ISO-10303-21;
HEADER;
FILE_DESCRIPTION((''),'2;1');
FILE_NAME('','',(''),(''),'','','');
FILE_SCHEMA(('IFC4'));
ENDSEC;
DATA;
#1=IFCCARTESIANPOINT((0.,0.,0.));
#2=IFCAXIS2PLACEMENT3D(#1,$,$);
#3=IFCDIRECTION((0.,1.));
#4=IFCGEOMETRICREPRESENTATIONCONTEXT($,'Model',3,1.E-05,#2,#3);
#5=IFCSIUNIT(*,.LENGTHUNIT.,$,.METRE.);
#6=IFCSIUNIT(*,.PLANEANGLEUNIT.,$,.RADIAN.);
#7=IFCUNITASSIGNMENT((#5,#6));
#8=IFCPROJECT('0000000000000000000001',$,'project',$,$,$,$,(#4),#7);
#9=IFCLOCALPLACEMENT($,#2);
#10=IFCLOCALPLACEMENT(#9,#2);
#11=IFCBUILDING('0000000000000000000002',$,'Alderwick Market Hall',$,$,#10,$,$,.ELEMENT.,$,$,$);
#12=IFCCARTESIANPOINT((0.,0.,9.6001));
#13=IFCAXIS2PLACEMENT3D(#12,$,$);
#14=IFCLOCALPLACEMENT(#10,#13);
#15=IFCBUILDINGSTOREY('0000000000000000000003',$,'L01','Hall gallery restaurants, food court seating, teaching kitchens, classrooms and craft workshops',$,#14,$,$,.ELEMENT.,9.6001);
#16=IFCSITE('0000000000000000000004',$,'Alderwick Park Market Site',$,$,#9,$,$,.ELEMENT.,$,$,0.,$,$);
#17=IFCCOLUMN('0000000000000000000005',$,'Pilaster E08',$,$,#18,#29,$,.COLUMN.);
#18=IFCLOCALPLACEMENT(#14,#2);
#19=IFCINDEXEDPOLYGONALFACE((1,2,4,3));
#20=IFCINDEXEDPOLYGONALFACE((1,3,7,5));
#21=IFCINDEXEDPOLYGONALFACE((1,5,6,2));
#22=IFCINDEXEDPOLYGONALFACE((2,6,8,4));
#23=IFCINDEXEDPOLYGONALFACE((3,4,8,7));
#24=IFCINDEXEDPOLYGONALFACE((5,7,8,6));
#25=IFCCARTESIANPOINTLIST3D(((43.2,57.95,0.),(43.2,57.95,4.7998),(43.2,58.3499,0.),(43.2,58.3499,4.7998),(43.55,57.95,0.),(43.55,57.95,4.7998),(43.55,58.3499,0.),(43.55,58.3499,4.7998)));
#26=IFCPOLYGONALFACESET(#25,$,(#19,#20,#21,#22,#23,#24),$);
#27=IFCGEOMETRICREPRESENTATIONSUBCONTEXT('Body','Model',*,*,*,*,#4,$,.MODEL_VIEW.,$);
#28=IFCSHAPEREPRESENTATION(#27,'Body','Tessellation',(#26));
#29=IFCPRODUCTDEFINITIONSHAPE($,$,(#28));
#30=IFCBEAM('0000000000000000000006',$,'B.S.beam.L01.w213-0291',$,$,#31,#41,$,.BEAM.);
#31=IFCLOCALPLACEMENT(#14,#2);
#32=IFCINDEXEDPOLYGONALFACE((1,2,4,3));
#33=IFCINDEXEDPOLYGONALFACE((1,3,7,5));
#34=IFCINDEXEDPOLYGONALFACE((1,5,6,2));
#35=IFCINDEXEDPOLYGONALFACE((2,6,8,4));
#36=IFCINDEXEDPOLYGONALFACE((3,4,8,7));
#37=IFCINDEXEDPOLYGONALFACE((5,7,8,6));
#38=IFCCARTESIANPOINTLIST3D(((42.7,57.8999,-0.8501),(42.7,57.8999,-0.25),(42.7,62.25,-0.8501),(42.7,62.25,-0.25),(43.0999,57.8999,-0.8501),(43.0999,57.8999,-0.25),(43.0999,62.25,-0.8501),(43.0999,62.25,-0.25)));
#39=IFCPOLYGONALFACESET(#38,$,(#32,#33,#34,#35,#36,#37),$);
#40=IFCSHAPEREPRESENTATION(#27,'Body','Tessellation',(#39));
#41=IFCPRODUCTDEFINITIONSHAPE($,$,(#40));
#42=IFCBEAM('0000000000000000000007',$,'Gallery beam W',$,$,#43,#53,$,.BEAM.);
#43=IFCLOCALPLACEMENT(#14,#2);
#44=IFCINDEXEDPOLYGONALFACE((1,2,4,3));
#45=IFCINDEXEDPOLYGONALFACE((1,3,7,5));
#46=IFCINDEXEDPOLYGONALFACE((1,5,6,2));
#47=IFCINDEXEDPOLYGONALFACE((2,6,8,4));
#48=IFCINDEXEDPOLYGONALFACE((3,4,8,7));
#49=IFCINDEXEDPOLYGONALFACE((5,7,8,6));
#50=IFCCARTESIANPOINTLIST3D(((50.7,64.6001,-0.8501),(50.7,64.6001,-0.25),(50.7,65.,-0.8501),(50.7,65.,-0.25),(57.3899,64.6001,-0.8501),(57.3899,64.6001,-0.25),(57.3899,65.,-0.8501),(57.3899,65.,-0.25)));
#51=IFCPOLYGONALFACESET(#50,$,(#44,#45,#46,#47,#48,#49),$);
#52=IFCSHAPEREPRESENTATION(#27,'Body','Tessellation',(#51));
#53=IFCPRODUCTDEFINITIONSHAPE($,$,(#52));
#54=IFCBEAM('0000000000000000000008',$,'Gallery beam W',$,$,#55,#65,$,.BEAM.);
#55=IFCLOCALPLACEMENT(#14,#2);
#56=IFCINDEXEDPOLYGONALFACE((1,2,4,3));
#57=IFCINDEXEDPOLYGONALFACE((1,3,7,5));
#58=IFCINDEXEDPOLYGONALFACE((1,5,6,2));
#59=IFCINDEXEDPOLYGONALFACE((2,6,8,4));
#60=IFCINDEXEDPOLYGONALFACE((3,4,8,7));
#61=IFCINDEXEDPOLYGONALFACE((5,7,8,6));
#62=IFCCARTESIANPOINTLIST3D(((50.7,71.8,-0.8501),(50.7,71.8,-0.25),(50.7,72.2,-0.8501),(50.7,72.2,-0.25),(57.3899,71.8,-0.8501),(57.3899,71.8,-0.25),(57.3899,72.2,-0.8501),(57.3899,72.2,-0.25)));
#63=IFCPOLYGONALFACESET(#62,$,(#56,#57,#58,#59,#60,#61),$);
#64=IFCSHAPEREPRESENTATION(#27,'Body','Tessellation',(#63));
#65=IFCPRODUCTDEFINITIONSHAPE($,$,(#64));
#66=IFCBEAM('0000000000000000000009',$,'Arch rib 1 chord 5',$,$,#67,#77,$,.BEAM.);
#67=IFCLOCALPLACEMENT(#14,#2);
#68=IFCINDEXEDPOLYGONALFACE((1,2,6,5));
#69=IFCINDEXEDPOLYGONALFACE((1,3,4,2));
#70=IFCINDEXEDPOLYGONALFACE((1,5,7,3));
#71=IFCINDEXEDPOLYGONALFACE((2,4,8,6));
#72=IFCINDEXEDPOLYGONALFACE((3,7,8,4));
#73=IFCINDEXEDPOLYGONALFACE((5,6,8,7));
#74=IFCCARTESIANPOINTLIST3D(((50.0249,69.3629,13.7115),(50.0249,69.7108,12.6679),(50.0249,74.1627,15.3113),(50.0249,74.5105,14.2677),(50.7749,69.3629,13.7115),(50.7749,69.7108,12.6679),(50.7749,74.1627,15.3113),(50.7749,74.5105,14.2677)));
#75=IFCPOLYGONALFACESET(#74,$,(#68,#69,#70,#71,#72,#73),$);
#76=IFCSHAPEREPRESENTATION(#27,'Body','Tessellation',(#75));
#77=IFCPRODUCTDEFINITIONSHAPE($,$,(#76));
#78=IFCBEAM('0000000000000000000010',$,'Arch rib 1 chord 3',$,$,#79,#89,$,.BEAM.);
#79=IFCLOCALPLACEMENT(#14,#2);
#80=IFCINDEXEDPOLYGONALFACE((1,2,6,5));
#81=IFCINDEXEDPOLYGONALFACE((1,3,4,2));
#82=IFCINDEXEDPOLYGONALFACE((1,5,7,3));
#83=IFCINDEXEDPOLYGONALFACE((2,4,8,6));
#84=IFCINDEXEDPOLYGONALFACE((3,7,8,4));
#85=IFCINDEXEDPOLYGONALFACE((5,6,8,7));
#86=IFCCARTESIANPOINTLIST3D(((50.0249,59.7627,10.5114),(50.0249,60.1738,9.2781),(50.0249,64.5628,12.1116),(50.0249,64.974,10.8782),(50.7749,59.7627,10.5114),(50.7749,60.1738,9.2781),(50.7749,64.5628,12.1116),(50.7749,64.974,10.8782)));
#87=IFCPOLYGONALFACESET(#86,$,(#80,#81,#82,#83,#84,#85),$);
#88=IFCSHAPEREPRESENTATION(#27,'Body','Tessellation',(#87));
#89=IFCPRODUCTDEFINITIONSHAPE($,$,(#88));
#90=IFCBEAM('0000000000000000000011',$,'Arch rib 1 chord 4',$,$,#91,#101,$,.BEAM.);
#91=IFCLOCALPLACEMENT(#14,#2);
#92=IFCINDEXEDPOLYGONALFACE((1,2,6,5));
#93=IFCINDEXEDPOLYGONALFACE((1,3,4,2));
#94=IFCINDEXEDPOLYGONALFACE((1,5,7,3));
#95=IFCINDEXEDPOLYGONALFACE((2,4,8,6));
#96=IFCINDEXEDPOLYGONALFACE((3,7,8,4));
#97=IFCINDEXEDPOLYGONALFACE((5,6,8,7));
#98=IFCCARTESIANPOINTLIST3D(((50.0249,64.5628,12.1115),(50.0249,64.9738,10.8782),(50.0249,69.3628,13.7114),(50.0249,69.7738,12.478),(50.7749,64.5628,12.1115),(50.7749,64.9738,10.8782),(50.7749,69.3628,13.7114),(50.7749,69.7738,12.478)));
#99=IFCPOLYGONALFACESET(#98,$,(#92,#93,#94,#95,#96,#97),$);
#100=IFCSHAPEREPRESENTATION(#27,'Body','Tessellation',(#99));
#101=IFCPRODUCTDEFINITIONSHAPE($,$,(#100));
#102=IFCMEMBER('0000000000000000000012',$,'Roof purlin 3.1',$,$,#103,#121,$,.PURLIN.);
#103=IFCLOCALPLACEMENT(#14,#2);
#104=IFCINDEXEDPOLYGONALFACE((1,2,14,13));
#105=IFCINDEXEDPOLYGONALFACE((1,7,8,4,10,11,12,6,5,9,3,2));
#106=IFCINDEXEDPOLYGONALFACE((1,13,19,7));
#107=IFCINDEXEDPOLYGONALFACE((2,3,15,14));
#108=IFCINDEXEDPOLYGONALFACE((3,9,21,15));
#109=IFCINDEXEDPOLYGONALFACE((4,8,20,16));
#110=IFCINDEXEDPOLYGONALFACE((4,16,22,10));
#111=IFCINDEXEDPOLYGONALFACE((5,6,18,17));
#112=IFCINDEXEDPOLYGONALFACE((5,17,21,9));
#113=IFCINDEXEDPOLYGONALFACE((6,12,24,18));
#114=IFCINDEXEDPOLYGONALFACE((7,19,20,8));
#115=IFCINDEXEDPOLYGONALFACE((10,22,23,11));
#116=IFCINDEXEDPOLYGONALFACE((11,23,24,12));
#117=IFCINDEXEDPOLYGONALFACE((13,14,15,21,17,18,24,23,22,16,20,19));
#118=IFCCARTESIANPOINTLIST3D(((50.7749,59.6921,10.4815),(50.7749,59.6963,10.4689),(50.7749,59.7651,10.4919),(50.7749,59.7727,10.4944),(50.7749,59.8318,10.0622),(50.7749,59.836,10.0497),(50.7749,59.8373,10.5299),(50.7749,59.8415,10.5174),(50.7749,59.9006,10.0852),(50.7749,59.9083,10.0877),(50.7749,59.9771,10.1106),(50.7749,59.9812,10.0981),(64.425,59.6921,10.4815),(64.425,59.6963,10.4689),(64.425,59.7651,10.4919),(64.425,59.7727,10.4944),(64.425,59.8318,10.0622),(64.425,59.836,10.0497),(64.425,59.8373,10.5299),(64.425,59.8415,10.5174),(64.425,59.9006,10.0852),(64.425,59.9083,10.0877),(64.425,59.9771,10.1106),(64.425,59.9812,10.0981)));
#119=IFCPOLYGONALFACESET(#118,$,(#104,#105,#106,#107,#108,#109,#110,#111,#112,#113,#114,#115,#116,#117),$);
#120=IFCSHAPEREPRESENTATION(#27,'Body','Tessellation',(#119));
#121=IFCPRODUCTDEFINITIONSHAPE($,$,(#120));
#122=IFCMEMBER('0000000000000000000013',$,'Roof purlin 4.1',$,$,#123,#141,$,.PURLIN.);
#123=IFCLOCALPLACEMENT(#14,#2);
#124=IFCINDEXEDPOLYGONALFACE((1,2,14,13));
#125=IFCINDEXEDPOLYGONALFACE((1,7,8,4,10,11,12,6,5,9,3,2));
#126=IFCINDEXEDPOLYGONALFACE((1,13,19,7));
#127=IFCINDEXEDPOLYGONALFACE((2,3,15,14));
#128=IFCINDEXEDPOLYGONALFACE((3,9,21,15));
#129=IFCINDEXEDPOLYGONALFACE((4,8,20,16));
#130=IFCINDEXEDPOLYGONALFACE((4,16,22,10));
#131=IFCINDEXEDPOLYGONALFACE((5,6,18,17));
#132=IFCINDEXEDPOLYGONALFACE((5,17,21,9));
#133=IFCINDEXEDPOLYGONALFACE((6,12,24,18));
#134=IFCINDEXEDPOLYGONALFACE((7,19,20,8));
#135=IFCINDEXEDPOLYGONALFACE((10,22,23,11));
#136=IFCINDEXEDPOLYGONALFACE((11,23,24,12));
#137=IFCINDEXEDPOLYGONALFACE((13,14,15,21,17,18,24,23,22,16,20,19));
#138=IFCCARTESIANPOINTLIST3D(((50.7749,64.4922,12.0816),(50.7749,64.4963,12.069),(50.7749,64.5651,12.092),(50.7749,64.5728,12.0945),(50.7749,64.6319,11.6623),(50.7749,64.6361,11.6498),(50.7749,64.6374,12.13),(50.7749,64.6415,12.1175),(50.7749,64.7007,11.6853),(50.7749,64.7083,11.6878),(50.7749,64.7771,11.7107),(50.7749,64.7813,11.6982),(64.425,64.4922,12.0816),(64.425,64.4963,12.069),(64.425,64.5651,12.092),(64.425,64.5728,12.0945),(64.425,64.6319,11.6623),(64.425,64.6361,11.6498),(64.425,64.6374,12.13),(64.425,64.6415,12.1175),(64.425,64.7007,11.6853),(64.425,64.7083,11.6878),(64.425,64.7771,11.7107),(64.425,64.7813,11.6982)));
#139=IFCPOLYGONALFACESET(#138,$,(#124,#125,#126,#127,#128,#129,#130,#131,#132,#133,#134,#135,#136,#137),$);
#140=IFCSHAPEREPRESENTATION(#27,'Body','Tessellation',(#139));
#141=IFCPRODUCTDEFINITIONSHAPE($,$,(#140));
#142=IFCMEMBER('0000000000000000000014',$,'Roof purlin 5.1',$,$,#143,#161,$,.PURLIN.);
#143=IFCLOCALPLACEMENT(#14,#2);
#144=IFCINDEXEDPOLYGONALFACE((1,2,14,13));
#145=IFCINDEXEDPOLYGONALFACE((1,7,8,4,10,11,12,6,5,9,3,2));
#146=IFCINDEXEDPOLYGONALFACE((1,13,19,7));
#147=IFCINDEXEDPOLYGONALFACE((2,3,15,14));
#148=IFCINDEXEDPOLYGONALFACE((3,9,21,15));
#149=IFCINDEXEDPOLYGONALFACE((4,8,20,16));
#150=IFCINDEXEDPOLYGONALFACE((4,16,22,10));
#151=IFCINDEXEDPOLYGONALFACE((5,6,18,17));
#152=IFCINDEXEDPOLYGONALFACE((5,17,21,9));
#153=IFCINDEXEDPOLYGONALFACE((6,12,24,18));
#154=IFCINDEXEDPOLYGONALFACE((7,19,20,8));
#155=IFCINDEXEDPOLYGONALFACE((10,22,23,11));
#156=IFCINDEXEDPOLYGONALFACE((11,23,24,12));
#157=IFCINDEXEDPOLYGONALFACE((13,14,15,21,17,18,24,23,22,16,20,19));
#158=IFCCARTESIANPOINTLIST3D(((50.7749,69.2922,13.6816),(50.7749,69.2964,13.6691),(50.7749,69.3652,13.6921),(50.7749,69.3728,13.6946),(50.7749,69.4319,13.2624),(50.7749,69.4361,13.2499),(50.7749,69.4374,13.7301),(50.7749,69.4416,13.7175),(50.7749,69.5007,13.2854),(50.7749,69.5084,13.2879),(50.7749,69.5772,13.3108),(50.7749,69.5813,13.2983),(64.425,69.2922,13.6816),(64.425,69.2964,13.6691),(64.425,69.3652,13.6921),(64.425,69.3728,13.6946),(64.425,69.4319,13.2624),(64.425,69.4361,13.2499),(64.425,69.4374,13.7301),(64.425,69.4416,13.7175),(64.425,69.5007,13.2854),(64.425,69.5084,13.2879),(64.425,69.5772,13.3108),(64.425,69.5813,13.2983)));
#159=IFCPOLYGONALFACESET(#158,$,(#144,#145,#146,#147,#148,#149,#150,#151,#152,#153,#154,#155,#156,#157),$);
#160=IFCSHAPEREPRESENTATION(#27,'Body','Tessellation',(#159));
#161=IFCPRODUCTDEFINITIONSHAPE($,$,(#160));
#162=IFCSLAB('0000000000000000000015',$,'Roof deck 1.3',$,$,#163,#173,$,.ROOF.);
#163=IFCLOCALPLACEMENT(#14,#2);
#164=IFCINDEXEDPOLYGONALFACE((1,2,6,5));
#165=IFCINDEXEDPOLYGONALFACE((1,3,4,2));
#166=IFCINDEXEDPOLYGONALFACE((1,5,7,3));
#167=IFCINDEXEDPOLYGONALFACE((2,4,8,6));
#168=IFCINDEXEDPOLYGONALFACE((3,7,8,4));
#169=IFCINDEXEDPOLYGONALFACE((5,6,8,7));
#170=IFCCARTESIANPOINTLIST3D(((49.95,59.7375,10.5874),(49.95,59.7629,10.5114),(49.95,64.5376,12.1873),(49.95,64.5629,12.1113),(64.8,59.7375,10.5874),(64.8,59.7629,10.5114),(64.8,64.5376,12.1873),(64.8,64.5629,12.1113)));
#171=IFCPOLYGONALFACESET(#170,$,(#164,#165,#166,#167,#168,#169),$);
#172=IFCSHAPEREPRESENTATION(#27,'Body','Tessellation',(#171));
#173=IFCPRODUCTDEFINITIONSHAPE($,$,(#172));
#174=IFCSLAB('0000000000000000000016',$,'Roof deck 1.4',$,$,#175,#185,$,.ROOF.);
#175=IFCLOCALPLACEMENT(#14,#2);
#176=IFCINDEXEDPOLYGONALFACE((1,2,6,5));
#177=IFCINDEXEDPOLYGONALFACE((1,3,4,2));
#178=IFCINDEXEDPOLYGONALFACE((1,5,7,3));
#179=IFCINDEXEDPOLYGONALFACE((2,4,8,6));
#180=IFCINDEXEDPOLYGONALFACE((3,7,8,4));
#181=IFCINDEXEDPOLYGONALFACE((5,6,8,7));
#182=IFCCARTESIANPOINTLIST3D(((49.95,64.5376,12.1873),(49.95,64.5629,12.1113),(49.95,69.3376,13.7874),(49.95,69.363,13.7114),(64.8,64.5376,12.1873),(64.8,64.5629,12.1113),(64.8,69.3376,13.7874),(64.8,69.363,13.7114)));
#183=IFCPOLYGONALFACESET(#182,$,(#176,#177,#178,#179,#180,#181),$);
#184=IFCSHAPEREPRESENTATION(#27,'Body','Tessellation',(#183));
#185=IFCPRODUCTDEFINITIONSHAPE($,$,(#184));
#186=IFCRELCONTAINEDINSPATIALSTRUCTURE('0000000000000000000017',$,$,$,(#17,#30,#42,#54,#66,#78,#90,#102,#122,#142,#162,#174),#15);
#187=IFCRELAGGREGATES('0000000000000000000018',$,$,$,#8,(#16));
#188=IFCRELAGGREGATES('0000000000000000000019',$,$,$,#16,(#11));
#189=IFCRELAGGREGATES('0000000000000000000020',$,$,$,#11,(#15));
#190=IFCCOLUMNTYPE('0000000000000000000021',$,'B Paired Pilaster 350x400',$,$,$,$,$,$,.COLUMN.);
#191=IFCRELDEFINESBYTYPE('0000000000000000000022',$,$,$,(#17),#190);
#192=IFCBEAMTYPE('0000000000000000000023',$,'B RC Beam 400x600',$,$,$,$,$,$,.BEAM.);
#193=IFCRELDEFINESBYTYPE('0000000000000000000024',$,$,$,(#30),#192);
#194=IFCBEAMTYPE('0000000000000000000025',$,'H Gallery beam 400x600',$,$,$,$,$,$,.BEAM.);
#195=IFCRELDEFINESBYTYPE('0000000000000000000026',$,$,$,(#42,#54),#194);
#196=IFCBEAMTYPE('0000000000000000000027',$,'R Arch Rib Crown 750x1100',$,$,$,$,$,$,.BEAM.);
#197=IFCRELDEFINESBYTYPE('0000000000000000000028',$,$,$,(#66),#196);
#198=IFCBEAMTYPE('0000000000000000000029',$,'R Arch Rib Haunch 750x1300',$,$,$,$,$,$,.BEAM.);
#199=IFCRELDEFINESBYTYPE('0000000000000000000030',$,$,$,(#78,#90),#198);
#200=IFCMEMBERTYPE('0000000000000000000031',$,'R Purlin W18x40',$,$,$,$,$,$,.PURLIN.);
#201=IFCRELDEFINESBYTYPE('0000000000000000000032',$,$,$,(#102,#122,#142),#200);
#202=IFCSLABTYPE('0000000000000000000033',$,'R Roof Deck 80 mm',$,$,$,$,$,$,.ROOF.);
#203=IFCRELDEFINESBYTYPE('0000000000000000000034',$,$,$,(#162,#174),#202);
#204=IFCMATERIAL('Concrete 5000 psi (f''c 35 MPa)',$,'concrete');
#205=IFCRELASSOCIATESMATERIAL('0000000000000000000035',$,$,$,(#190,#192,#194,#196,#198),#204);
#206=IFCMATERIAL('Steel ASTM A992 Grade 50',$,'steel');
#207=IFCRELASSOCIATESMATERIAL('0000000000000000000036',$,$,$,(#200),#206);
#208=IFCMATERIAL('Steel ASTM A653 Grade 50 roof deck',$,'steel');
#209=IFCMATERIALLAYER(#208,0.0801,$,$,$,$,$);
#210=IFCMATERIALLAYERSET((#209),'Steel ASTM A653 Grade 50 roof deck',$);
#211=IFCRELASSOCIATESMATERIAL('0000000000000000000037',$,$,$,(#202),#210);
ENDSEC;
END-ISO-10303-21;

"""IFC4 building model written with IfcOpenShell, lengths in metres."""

from ifc_helpers import new_model, si_unit, direction, frame, origin, origin_2d, place, context, subcontext, project, spatial, polyline, rectangle, i_section, outline, extrude, material, layer, layer_set, material_profile, profile_set, type_object, element, save


model = new_model("IFC4")

# Units and contexts
model_context = context("Model", 3, precision=1e-05, world=origin(), true_north=direction((0.0, 1.0)))
body_context = subcontext(model_context, "Body", "Model", "MODEL_VIEW")
ifc_project = project(units=[si_unit("LENGTHUNIT", "METRE"), si_unit("PLANEANGLEUNIT", "RADIAN")], contexts=[model_context])

# Site, building, storey
site_placement = place(None, origin())
site = spatial("IfcSite", under=ifc_project, at=site_placement, Name="Alderwick Park Market Site", CompositionType="ELEMENT", RefElevation=0.0)
building_placement = place(site_placement, origin())
building = spatial("IfcBuilding", under=site, at=building_placement, Name="Alderwick Market Hall", CompositionType="ELEMENT")
storey_placement = place(building_placement, frame((0.0, 0.0, 9.6001)))
storey = spatial("IfcBuildingStorey", under=building, at=storey_placement, Name="L01", Description="Hall gallery restaurants, food court seating, teaching kitchens, classrooms and craft workshops", CompositionType="ELEMENT", Elevation=9.6001)

# Column
ifc_material_1 = material(Name="Concrete 5000 psi (f'c 35 MPa)", Category="concrete")
ifc_material_profile_1 = material_profile(ifc_material_1, rectangle(XDim=0.3501, YDim=0.3999, at=origin_2d()), Name="B Paired Pilaster 350x400")
ifc_profile_set_1 = profile_set([ifc_material_profile_1], Name="Concrete 5000 psi (f'c 35 MPa)")
column_type = type_object("IfcColumnType", Name="B Paired Pilaster 350x400", PredefinedType="COLUMN", material=ifc_profile_set_1)
column_placement = place(storey_placement, frame((43.375, 58.1499, 0.0), z_axis=(0.0, 0.0, 1.0), x_axis=(1.0, 0.0, 0.0)))
element("IfcColumn", 1, at=column_placement, inside=storey, type_object=column_type, Name="Pilaster E08", PredefinedType="COLUMN", context=body_context, shape_type="SweptSolid", body=[
    extrude(rectangle(XDim=0.3501, YDim=0.3999, at=origin_2d()), origin(), (0.0, 0.0, 1.0), 4.7998),
])

# Beams
ifc_material_profile_2 = material_profile(ifc_material_1, rectangle(XDim=0.3999, YDim=0.6001, at=origin_2d()), Name="B RC Beam 400x600")
ifc_profile_set_2 = profile_set([ifc_material_profile_2], Name="Concrete 5000 psi (f'c 35 MPa)")
beam_type_1 = type_object("IfcBeamType", Name="B RC Beam 400x600", PredefinedType="BEAM", material=ifc_profile_set_2)
beam_1_placement = place(storey_placement, frame((42.8999, 57.8999, -0.55), z_axis=(0.0, 1.0, 0.0), x_axis=(-1.0, 0.0, 0.0)))
element("IfcBeam", 2, at=beam_1_placement, inside=storey, type_object=beam_type_1, Name="B.S.beam.L01.w213-0291", PredefinedType="BEAM", context=body_context, shape_type="SweptSolid", body=[
    extrude(rectangle(XDim=0.3999, YDim=0.6001, at=origin_2d()), origin(), (0.0, 0.0, 1.0), 4.3501),
])
ifc_material_profile_3 = material_profile(ifc_material_1, rectangle(XDim=0.3999, YDim=0.6001, at=origin_2d()), Name="RC 400x600")
ifc_profile_set_3 = profile_set([ifc_material_profile_3], Name="Concrete 5000 psi (f'c 35 MPa)")
beam_type_2 = type_object("IfcBeamType", Name="H Gallery beam 400x600", PredefinedType="BEAM", material=ifc_profile_set_3)
for number, where, z_axis, x_axis, name in (
    (3, (50.7, 64.8, -0.55), (1.0, 0.0, 0.0), (0.0, 1.0, 0.0), "Gallery beam W"),
    (4, (50.7, 72.0, -0.55), (1.0, 0.0, 0.0), (0.0, 1.0, 0.0), "Gallery beam W"),
):
    element("IfcBeam", number, at=place(storey_placement, frame(where, z_axis=z_axis, x_axis=x_axis)), inside=storey, type_object=beam_type_2, Name=name, PredefinedType="BEAM", context=body_context, shape_type="SweptSolid", body=[
        extrude(rectangle(XDim=0.3999, YDim=0.6001, at=origin_2d()), origin(), (0.0, 0.0, 1.0), 6.6899),
    ])
ifc_material_profile_4 = material_profile(ifc_material_1, rectangle(XDim=0.75, YDim=1.1001, at=origin_2d()), Name="RC 750x1100")
ifc_profile_set_4 = profile_set([ifc_material_profile_4], Name="Concrete 5000 psi (f'c 35 MPa)")
beam_type_3 = type_object("IfcBeamType", Name="R Arch Rib Crown 750x1100", PredefinedType="BEAM", material=ifc_profile_set_4)
beam_2_placement = place(storey_placement, frame((50.3999, 69.5369, 13.1897), z_axis=(0.0, 0.948688, 0.316213), x_axis=(-1.0, 0.0, 0.0)))
element("IfcBeam", 5, at=beam_2_placement, inside=storey, type_object=beam_type_3, Name="Arch rib 1 chord 5", PredefinedType="BEAM", context=body_context, shape_type="SweptSolid", body=[
    extrude(rectangle(XDim=0.75, YDim=1.1001, at=origin_2d()), origin(), (0.0, 0.0, 1.0), 5.0593),
])
ifc_material_profile_5 = material_profile(ifc_material_1, rectangle(XDim=0.75, YDim=1.3, at=origin_2d()), Name="RC 750x1300")
ifc_profile_set_5 = profile_set([ifc_material_profile_5], Name="Concrete 5000 psi (f'c 35 MPa)")
beam_type_4 = type_object("IfcBeamType", Name="R Arch Rib Haunch 750x1300", PredefinedType="BEAM", material=ifc_profile_set_5)
beam_3_placement = place(storey_placement, frame((50.3999, 59.9683, 9.8948), z_axis=(0.0, 0.948678, 0.316242), x_axis=(-1.0, 0.0, 0.0)))
element("IfcBeam", 6, at=beam_3_placement, inside=storey, type_object=beam_type_4, Name="Arch rib 1 chord 3", PredefinedType="BEAM", context=body_context, shape_type="SweptSolid", body=[
    extrude(rectangle(XDim=0.75, YDim=1.3, at=origin_2d()), origin(), (0.0, 0.0, 1.0), 5.0598),
])
beam_4_placement = place(storey_placement, frame((50.3999, 64.7683, 11.4949), z_axis=(0.0, 0.948693, 0.316199), x_axis=(-1.0, 0.0, 0.0)))
element("IfcBeam", 7, at=beam_4_placement, inside=storey, type_object=beam_type_4, Name="Arch rib 1 chord 4", PredefinedType="BEAM", context=body_context, shape_type="SweptSolid", body=[
    extrude(rectangle(XDim=0.75, YDim=1.3, at=origin_2d()), origin(), (0.0, 0.0, 1.0), 5.0596),
])

# Members
ifc_material_2 = material(Name="Steel ASTM A992 Grade 50", Category="steel")
ifc_material_profile_6 = material_profile(ifc_material_2, i_section(OverallWidth=0.1531, OverallDepth=0.4551, WebThickness=0.0081, FlangeThickness=0.0132, at=origin_2d()), Name="W18x40")
ifc_profile_set_6 = profile_set([ifc_material_profile_6], Name="Steel ASTM A992 Grade 50")
member_type = type_object("IfcMemberType", Name="R Purlin W18x40", PredefinedType="PURLIN", material=ifc_profile_set_6)
for number, where, z_axis, x_axis, name in (
    (8, (50.7749, 59.8367, 10.2898), (1.0, 0.0, 0.0), (0.0, 0.948683, 0.316228), "Roof purlin 3.1"),
    (9, (50.7749, 64.6367, 11.8899), (1.0, 0.0, 0.0), (0.0, 0.948683, 0.316228), "Roof purlin 4.1"),
    (10, (50.7749, 69.4368, 13.49), (1.0, 0.0, 0.0), (0.0, 0.948683, 0.316228), "Roof purlin 5.1"),
):
    element("IfcMember", number, at=place(storey_placement, frame(where, z_axis=z_axis, x_axis=x_axis)), inside=storey, type_object=member_type, Name=name, PredefinedType="PURLIN", context=body_context, shape_type="SweptSolid", body=[
        extrude(i_section(OverallWidth=0.1531, OverallDepth=0.4551, WebThickness=0.0081, FlangeThickness=0.0132, at=origin_2d()), origin(), (0.0, 0.0, 1.0), 13.6501),
    ])

# Slabs
ifc_material_3 = material(Name="Steel ASTM A653 Grade 50 roof deck", Category="steel")
ifc_layer_1 = layer(ifc_material_3, 0.0801)
ifc_layer_set_1 = layer_set([ifc_layer_1], Name="Steel ASTM A653 Grade 50 roof deck")
slab_type = type_object("IfcSlabType", Name="R Roof Deck 80 mm", PredefinedType="ROOF", material=ifc_layer_set_1)
slab_1_placement = place(storey_placement, frame((49.95, 59.7375, 10.5874), z_axis=(0.0, -0.316199, 0.948693), x_axis=(1.0, 0.0, 0.0)))
element("IfcSlab", 11, at=slab_1_placement, inside=storey, type_object=slab_type, Name="Roof deck 1.3", PredefinedType="ROOF", context=body_context, shape_type="SweptSolid", body=[
    extrude(outline(polyline([(0.0, 0.0), (14.8501, 0.0), (14.8501, 5.0596), (0.0, 5.0596), (0.0, 0.0)])), origin(), (0.0, 0.0, -1.0), 0.0801),
])
slab_2_placement = place(storey_placement, frame((49.95, 64.5376, 12.1873), z_axis=(0.0, -0.316242, 0.948678), x_axis=(1.0, 0.0, 0.0)))
element("IfcSlab", 12, at=slab_2_placement, inside=storey, type_object=slab_type, Name="Roof deck 1.4", PredefinedType="ROOF", context=body_context, shape_type="SweptSolid", body=[
    extrude(outline(polyline([(0.0, 0.0), (14.8501, 0.0), (14.8501, 5.0597), (0.0, 5.0597), (0.0, 0.0)])), origin(), (0.0, 0.0, -1.0), 0.0801),
])

save(model, "model.ifc")
